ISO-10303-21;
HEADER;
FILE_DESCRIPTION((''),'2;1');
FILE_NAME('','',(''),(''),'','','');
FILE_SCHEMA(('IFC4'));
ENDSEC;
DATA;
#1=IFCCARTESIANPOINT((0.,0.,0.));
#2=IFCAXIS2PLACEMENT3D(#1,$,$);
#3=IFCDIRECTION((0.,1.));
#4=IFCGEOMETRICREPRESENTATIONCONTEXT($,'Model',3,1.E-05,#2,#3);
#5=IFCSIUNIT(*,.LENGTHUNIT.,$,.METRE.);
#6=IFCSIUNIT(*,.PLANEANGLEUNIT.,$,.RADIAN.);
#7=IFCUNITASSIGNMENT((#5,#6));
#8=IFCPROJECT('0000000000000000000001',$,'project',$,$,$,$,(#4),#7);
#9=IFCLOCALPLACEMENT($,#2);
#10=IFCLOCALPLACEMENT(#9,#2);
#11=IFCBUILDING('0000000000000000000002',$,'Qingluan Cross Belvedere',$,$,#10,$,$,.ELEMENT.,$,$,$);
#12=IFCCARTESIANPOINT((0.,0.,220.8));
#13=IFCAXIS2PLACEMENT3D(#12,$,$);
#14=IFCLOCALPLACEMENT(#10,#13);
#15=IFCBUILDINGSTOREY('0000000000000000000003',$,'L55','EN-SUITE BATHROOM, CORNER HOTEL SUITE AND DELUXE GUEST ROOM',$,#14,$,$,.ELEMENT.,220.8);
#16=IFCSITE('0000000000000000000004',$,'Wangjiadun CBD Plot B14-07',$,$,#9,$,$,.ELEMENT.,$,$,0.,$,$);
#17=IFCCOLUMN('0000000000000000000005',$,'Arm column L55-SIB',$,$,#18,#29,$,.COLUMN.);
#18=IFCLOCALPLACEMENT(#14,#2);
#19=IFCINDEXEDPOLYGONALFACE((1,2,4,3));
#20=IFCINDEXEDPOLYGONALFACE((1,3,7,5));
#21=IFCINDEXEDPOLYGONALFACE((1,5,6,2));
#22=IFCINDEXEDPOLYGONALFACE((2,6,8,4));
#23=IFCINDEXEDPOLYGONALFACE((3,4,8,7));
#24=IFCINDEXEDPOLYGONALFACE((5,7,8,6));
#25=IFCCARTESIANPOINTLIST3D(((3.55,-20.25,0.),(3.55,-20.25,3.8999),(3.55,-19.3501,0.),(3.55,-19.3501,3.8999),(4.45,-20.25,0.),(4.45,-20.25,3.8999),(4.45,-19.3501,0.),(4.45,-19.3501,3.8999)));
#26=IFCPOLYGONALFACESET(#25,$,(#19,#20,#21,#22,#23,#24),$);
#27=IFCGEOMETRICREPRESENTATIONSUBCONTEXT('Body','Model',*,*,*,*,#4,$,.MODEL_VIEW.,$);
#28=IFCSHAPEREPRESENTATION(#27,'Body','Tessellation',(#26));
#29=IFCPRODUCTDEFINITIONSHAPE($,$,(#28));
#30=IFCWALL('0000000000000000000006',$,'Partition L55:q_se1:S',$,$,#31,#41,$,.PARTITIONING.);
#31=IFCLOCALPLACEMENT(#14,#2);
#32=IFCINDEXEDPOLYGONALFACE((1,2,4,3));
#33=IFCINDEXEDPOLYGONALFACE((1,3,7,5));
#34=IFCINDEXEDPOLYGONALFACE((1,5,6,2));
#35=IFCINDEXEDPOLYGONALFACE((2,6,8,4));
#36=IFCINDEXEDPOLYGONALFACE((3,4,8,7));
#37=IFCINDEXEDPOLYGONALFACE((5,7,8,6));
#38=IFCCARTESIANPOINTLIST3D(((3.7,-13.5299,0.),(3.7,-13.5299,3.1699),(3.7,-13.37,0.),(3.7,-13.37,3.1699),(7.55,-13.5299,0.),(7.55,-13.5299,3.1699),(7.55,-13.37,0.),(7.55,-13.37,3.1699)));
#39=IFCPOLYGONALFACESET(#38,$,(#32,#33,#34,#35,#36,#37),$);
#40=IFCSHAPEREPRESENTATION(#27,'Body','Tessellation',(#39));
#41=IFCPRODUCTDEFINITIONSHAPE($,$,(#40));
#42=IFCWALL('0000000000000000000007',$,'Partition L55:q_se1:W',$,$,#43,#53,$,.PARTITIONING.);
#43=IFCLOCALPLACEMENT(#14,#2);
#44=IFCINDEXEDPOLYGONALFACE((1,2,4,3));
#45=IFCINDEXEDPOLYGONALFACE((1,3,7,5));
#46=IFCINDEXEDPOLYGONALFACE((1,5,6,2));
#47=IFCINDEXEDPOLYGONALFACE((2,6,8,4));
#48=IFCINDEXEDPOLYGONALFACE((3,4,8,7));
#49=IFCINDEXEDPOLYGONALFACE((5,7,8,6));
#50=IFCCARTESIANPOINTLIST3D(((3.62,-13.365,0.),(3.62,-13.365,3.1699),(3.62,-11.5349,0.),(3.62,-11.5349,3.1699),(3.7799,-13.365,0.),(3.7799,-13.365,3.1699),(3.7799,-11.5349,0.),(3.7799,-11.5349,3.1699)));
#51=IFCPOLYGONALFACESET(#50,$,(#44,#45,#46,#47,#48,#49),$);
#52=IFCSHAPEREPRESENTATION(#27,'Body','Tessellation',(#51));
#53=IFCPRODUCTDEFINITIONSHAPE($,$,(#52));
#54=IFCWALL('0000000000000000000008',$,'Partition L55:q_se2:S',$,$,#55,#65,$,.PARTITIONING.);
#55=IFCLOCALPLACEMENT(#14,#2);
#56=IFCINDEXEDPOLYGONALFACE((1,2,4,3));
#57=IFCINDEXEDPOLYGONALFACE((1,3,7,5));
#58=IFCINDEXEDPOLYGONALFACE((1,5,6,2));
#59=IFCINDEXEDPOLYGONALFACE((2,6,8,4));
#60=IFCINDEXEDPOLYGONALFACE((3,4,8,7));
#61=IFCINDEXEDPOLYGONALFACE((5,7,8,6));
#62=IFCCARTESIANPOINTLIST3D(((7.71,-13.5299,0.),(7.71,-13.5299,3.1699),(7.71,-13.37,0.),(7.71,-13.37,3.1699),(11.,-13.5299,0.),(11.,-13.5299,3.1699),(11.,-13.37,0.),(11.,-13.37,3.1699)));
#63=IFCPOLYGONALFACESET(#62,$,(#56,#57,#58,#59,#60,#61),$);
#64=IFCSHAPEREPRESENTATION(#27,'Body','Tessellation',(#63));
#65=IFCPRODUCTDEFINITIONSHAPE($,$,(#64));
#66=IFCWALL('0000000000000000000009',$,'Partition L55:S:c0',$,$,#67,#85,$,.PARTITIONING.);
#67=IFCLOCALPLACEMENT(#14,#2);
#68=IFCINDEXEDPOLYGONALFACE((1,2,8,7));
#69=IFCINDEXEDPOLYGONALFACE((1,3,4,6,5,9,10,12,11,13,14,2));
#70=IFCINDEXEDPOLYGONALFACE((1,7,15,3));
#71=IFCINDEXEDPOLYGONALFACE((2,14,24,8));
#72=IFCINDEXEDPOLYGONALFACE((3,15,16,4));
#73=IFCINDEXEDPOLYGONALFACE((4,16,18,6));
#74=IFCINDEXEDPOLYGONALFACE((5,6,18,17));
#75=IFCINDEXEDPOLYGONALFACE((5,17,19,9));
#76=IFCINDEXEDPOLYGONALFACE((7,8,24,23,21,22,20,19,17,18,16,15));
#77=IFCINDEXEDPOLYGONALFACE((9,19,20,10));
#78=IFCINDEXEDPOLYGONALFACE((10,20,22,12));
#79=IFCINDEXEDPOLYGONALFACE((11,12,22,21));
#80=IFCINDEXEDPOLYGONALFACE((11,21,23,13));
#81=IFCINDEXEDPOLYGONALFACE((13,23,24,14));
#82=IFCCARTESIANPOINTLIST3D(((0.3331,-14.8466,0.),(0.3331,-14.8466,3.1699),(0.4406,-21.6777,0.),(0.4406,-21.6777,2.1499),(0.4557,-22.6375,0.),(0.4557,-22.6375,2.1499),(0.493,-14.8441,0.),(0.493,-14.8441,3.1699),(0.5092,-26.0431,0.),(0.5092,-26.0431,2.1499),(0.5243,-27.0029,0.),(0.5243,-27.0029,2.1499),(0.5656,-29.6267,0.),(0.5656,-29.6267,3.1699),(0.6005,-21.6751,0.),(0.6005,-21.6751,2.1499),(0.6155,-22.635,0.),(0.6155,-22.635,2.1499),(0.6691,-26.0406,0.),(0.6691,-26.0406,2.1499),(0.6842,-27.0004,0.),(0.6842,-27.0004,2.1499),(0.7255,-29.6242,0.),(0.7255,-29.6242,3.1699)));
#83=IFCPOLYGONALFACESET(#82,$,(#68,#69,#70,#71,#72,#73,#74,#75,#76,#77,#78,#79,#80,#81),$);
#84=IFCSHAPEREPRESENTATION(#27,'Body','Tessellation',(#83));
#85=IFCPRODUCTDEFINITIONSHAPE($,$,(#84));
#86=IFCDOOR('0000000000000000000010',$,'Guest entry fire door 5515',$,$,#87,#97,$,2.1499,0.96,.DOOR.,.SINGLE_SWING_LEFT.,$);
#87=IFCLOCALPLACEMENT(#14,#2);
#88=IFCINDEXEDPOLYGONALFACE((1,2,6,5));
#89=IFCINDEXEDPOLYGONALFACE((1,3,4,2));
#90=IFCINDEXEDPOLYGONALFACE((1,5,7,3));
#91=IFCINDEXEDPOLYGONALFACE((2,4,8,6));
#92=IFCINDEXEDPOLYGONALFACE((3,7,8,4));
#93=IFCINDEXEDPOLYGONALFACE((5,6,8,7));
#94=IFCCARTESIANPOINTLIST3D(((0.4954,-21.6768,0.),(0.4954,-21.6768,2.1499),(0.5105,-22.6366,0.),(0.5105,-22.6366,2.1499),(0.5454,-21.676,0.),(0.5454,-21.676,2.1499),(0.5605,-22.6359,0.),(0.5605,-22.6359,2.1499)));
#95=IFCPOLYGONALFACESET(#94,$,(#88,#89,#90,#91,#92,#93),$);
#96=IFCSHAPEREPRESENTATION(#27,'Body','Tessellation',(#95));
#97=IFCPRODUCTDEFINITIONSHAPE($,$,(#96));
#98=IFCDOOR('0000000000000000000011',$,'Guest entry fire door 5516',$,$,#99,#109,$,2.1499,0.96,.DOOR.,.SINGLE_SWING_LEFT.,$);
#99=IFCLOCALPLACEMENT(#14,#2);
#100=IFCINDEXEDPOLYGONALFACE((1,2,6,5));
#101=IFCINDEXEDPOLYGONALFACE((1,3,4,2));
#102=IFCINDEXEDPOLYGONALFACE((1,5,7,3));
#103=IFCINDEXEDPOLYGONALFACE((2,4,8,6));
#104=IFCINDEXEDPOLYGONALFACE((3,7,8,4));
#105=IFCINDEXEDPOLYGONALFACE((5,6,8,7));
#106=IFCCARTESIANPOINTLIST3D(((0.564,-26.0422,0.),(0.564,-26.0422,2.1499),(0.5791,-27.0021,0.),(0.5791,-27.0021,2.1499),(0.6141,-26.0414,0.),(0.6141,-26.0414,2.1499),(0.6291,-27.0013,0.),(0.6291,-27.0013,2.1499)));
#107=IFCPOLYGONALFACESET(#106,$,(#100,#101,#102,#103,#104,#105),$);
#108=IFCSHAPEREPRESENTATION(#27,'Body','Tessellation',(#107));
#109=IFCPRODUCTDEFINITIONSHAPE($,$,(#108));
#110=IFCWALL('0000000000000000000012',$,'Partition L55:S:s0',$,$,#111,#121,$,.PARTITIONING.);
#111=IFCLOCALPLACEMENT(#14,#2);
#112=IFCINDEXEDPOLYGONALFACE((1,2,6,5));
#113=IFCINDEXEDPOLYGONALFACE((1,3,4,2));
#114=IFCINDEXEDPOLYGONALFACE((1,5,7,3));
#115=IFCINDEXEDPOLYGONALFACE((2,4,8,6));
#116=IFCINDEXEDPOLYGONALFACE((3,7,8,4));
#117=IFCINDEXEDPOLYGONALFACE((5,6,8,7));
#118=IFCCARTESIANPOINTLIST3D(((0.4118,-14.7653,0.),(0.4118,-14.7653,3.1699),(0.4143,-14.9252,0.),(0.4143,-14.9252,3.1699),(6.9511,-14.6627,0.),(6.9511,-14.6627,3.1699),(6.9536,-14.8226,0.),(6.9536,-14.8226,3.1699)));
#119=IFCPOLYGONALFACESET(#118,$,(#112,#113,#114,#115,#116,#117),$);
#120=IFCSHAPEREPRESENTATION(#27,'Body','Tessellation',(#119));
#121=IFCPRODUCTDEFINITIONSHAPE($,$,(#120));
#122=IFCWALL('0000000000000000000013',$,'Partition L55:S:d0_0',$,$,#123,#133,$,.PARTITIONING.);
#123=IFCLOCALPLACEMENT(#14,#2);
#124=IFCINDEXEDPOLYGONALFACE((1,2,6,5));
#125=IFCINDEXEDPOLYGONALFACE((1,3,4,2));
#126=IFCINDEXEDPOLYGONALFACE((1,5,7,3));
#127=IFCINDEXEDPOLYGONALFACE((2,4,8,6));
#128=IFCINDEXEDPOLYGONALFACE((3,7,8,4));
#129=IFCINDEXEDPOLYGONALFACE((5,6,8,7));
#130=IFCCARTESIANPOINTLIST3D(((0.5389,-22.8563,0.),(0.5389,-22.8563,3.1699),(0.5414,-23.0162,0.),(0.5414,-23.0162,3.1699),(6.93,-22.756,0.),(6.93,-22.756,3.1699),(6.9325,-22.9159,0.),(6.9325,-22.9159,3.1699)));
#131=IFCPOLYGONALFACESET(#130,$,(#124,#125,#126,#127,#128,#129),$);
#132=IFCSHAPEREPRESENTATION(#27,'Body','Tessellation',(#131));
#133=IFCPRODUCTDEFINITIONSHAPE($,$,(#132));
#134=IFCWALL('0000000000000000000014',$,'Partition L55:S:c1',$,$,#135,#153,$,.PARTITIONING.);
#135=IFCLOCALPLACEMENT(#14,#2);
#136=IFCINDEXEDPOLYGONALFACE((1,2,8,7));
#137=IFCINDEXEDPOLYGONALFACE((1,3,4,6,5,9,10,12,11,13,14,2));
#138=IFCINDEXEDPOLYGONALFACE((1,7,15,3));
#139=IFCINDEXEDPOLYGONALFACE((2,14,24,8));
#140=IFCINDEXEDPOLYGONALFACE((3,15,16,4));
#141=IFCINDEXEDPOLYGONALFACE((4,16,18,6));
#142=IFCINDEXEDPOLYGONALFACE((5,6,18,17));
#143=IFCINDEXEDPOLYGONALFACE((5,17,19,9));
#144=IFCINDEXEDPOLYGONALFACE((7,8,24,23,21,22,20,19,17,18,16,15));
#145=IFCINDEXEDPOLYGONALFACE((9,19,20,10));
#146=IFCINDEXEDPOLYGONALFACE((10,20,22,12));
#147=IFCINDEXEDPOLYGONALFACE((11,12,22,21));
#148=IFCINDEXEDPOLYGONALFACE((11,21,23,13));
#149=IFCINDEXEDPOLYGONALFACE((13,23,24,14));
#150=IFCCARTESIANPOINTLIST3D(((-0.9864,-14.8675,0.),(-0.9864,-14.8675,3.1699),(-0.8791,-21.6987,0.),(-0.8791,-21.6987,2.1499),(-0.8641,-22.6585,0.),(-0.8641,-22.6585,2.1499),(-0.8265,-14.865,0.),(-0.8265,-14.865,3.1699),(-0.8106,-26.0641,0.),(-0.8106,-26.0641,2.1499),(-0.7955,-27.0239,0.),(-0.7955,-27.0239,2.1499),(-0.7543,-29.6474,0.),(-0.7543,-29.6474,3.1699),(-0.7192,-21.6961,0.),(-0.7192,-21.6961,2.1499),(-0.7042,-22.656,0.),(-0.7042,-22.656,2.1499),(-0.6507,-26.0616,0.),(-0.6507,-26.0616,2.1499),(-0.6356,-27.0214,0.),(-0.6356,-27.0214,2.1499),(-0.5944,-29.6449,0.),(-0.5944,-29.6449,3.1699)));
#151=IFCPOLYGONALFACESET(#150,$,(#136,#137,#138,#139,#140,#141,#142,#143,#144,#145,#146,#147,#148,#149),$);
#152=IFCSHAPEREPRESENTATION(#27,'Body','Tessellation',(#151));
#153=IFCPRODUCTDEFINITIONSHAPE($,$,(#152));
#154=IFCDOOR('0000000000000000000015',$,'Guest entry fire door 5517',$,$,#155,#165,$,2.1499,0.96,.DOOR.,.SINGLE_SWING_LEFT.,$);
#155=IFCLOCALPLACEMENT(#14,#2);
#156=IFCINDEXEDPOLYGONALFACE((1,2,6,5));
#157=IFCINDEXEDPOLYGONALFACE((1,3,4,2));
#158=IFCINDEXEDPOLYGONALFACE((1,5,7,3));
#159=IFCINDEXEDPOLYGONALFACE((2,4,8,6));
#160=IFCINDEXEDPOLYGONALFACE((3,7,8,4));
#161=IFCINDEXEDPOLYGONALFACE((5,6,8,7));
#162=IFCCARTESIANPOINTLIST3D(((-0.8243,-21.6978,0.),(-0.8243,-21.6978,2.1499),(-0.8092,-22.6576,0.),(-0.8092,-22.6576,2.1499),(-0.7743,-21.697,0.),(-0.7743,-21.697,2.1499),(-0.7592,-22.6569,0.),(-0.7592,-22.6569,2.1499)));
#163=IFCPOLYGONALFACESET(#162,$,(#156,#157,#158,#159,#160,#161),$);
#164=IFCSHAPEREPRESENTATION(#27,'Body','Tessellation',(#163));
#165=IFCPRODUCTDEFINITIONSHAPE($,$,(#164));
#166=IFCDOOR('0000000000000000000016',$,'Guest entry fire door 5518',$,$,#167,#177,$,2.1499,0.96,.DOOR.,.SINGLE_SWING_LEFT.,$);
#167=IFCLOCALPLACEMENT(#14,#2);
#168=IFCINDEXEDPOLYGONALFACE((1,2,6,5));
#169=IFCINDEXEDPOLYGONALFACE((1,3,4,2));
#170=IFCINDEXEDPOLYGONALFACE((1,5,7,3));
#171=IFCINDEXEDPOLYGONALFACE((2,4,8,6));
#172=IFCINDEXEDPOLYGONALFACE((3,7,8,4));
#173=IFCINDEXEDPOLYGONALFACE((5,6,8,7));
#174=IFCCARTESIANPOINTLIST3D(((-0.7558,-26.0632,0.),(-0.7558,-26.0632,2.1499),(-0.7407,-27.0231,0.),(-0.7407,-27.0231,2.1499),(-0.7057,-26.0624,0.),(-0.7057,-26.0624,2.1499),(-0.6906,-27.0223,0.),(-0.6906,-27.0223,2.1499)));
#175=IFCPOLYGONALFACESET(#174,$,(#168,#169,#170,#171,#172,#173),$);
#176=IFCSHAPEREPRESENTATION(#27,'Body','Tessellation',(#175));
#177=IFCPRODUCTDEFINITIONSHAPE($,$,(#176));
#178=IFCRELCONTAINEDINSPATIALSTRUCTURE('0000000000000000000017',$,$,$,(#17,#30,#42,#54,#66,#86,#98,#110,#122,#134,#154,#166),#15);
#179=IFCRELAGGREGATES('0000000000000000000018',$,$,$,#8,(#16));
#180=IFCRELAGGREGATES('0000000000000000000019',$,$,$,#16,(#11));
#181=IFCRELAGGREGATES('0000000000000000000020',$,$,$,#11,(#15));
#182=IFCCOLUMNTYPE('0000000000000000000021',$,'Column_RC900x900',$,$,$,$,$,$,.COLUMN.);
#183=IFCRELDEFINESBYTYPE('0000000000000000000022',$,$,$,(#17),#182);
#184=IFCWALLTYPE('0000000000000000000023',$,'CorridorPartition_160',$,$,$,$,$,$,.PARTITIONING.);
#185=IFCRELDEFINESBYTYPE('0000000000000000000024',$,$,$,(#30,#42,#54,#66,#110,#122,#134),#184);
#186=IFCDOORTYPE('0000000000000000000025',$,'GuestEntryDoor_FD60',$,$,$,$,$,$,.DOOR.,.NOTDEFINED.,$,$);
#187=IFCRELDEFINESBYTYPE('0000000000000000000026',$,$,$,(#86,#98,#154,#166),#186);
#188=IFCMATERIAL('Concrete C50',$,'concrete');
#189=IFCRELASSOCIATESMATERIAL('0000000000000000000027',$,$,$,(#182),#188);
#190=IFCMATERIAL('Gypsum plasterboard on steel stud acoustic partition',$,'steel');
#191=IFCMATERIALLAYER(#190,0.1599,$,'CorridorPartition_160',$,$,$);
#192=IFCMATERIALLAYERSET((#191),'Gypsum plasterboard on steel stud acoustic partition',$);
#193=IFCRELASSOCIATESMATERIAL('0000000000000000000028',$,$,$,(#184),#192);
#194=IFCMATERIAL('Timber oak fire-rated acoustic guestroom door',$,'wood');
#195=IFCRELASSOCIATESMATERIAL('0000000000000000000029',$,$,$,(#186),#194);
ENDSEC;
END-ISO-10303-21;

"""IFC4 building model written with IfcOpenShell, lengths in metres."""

from ifc_helpers import new_model, si_unit, direction, frame, frame_2d, origin, origin_2d, place, context, subcontext, project, spatial, rectangle, extrude, material, layer, layer_set, material_profile, profile_set, type_object, element, fill, save


model = new_model("IFC4")

# Units and contexts
model_context = context("Model", 3, precision=1e-05, world=origin(), true_north=direction((0.0, 1.0)))
body_context = subcontext(model_context, "Body", "Model", "MODEL_VIEW")
ifc_project = project(units=[si_unit("LENGTHUNIT", "METRE"), si_unit("PLANEANGLEUNIT", "RADIAN")], contexts=[model_context])

# Site, building, storey
site_placement = place(None, origin())
site = spatial("IfcSite", under=ifc_project, at=site_placement, Name="Wangjiadun CBD Plot B14-07", CompositionType="ELEMENT", RefElevation=0.0)
building_placement = place(site_placement, origin())
building = spatial("IfcBuilding", under=site, at=building_placement, Name="Qingluan Cross Belvedere", CompositionType="ELEMENT")
storey_placement = place(building_placement, frame((0.0, 0.0, 220.8)))
storey = spatial("IfcBuildingStorey", under=building, at=storey_placement, Name="L55", Description="EN-SUITE BATHROOM, CORNER HOTEL SUITE AND DELUXE GUEST ROOM", CompositionType="ELEMENT", Elevation=220.8)

# Column
ifc_material_1 = material(Name="Concrete C50", Category="concrete")
ifc_material_profile = material_profile(ifc_material_1, rectangle(XDim=0.8999, YDim=0.8999, at=origin_2d()), Name="RC900x900")
ifc_profile_set = profile_set([ifc_material_profile], Name="Concrete C50")
column_type = type_object("IfcColumnType", Name="Column_RC900x900", PredefinedType="COLUMN", material=ifc_profile_set)
column_placement = place(storey_placement, frame((4.0, -19.8, 0.0), z_axis=(0.0, 0.0, 1.0), x_axis=(1.0, 0.0, 0.0)))
element("IfcColumn", 1, at=column_placement, inside=storey, type_object=column_type, Name="Arm column L55-SIB", PredefinedType="COLUMN", context=body_context, shape_type="SweptSolid", body=[
    extrude(rectangle(XDim=0.8999, YDim=0.8999, at=origin_2d()), origin(), (0.0, 0.0, 1.0), 3.8999),
])

# Walls
ifc_material_2 = material(Name="Gypsum plasterboard on steel stud acoustic partition", Category="steel")
ifc_layer_1 = layer(ifc_material_2, 0.1599, Name="CorridorPartition_160")
ifc_layer_set_1 = layer_set([ifc_layer_1], Name="Gypsum plasterboard on steel stud acoustic partition")
wall_type_1 = type_object("IfcWallType", Name="CorridorPartition_160", PredefinedType="PARTITIONING", material=ifc_layer_set_1)
wall_1_placement = place(storey_placement, frame((3.7, -13.45, 0.0), z_axis=(0.0, 0.0, 1.0), x_axis=(1.0, 0.0, 0.0)))
element("IfcWall", 2, at=wall_1_placement, inside=storey, type_object=wall_type_1, Name="Partition L55:q_se1:S", PredefinedType="PARTITIONING", context=body_context, shape_type="SweptSolid", body=[
    extrude(rectangle(XDim=3.8501, YDim=0.1599, at=frame_2d((1.925, 0.0))), origin(), (0.0, 0.0, 1.0), 3.1699),
])
wall_2_placement = place(storey_placement, frame((3.7, -13.365, 0.0), z_axis=(0.0, 0.0, 1.0), x_axis=(0.0, 1.0, 0.0)))
element("IfcWall", 3, at=wall_2_placement, inside=storey, type_object=wall_type_1, Name="Partition L55:q_se1:W", PredefinedType="PARTITIONING", context=body_context, shape_type="SweptSolid", body=[
    extrude(rectangle(XDim=1.8301, YDim=0.1599, at=frame_2d((0.915, 0.0))), origin(), (0.0, 0.0, 1.0), 3.1699),
])
wall_3_placement = place(storey_placement, frame((7.71, -13.45, 0.0), z_axis=(0.0, 0.0, 1.0), x_axis=(1.0, 0.0, 0.0)))
element("IfcWall", 4, at=wall_3_placement, inside=storey, type_object=wall_type_1, Name="Partition L55:q_se2:S", PredefinedType="PARTITIONING", context=body_context, shape_type="SweptSolid", body=[
    extrude(rectangle(XDim=3.29, YDim=0.1599, at=frame_2d((1.645, 0.0))), origin(), (0.0, 0.0, 1.0), 3.1699),
])

# Wall, openings, doors
wall_4_placement = place(storey_placement, frame((0.4131, -14.8452, 0.0), z_axis=(0.0, 0.0, 1.0), x_axis=(0.015723, -0.999876, 0.0)))
wall_4 = element("IfcWall", 5, at=wall_4_placement, inside=storey, type_object=wall_type_1, Name="Partition L55:S:c0", PredefinedType="PARTITIONING", context=body_context, shape_type="SweptSolid", body=[
    extrude(rectangle(XDim=14.782, YDim=0.1599, at=frame_2d((7.3911, 0.0))), origin(), (0.0, 0.0, 1.0), 3.1699),
])
opening_1_placement = place(wall_4_placement, frame((6.832, 0.0, 0.0)))
opening_1 = element("IfcOpeningElement", 6, at=opening_1_placement, cuts=wall_4, PredefinedType="OPENING", context=body_context, shape_type="SweptSolid", body=[
    extrude(rectangle(XDim=0.96, YDim=2.1499, at=frame_2d((0.48, 1.075))), frame((0.0, 0.0898, 0.0), z_axis=(0.0, -1.0, 0.0), x_axis=(1.0, 0.0, 0.0)), (0.0, 0.0, 1.0), 0.1799),
])
opening_2_placement = place(wall_4_placement, frame((11.198, 0.0, 0.0)))
opening_2 = element("IfcOpeningElement", 7, at=opening_2_placement, cuts=wall_4, PredefinedType="OPENING", context=body_context, shape_type="SweptSolid", body=[
    extrude(rectangle(XDim=0.96, YDim=2.1499, at=frame_2d((0.48, 1.075))), frame((0.0, 0.0898, 0.0), z_axis=(0.0, -1.0, 0.0), x_axis=(1.0, 0.0, 0.0)), (0.0, 0.0, 1.0), 0.1799),
])
ifc_material_3 = material(Name="Timber oak fire-rated acoustic guestroom door", Category="wood")
door_type_1 = type_object("IfcDoorType", Name="GuestEntryDoor_FD60", OperationType="NOTDEFINED", PredefinedType="DOOR", material=ifc_material_3)
door_1_placement = place(opening_1_placement, origin())
door_1 = element("IfcDoor", 8, at=door_1_placement, inside=storey, type_object=door_type_1, Name="Guest entry fire door 5515", OperationType="SINGLE_SWING_LEFT", OverallHeight=2.1499, OverallWidth=0.96, PredefinedType="DOOR", context=body_context, shape_type="SweptSolid", body=[
    extrude(rectangle(XDim=0.96, YDim=2.1499, at=frame_2d((0.48, 1.075))), frame((0.0, 0.0249, 0.0), z_axis=(0.0, -1.0, 0.0), x_axis=(1.0, 0.0, 0.0)), (0.0, 0.0, 1.0), 0.05),
])
fill(opening_1, door_1)
door_2_placement = place(opening_2_placement, origin())
door_2 = element("IfcDoor", 9, at=door_2_placement, inside=storey, type_object=door_type_1, Name="Guest entry fire door 5516", OperationType="SINGLE_SWING_LEFT", OverallHeight=2.1499, OverallWidth=0.96, PredefinedType="DOOR", context=body_context, shape_type="SweptSolid", body=[
    extrude(rectangle(XDim=0.96, YDim=2.1499, at=frame_2d((0.48, 1.075))), frame((0.0, 0.0249, 0.0), z_axis=(0.0, -1.0, 0.0), x_axis=(1.0, 0.0, 0.0)), (0.0, 0.0, 1.0), 0.05),
])
fill(opening_2, door_2)

# Walls
wall_5_placement = place(storey_placement, frame((0.4131, -14.8452, 0.0), z_axis=(0.0, 0.0, 1.0), x_axis=(0.999877, 0.015678, 0.0)))
element("IfcWall", 10, at=wall_5_placement, inside=storey, type_object=wall_type_1, Name="Partition L55:S:s0", PredefinedType="PARTITIONING", context=body_context, shape_type="SweptSolid", body=[
    extrude(rectangle(XDim=6.54, YDim=0.1599, at=frame_2d((3.27, 0.0))), origin(), (0.0, 0.0, 1.0), 3.1699),
])
wall_6_placement = place(storey_placement, frame((0.5403, -22.9363, 0.0), z_axis=(0.0, 0.0, 1.0), x_axis=(0.999877, 0.015698, 0.0)))
element("IfcWall", 11, at=wall_6_placement, inside=storey, type_object=wall_type_1, Name="Partition L55:S:d0_0", PredefinedType="PARTITIONING", context=body_context, shape_type="SweptSolid", body=[
    extrude(rectangle(XDim=6.3918, YDim=0.1599, at=frame_2d((3.1958, 0.0))), origin(), (0.0, 0.0, 1.0), 3.1699),
])

# Wall, openings, doors
wall_7_placement = place(storey_placement, frame((-0.9065, -14.8662, 0.0), z_axis=(0.0, 0.0, 1.0), x_axis=(0.015707, -0.999877, 0.0)))
wall_7 = element("IfcWall", 12, at=wall_7_placement, inside=storey, type_object=wall_type_1, Name="Partition L55:S:c1", PredefinedType="PARTITIONING", context=body_context, shape_type="SweptSolid", body=[
    extrude(rectangle(XDim=14.7817, YDim=0.1599, at=frame_2d((7.3909, 0.0))), origin(), (0.0, 0.0, 1.0), 3.1699),
])
opening_3_placement = place(wall_7_placement, frame((6.832, 0.0, 0.0)))
opening_3 = element("IfcOpeningElement", 13, at=opening_3_placement, cuts=wall_7, PredefinedType="OPENING", context=body_context, shape_type="SweptSolid", body=[
    extrude(rectangle(XDim=0.96, YDim=2.1499, at=frame_2d((0.48, 1.075))), frame((0.0, 0.0898, 0.0), z_axis=(0.0, -1.0, 0.0), x_axis=(1.0, 0.0, 0.0)), (0.0, 0.0, 1.0), 0.1799),
])
opening_4_placement = place(wall_7_placement, frame((11.198, 0.0, 0.0)))
opening_4 = element("IfcOpeningElement", 14, at=opening_4_placement, cuts=wall_7, PredefinedType="OPENING", context=body_context, shape_type="SweptSolid", body=[
    extrude(rectangle(XDim=0.96, YDim=2.1499, at=frame_2d((0.48, 1.075))), frame((0.0, 0.0898, 0.0), z_axis=(0.0, -1.0, 0.0), x_axis=(1.0, 0.0, 0.0)), (0.0, 0.0, 1.0), 0.1799),
])
door_3_placement = place(opening_3_placement, origin())
door_3 = element("IfcDoor", 15, at=door_3_placement, inside=storey, type_object=door_type_1, Name="Guest entry fire door 5517", OperationType="SINGLE_SWING_LEFT", OverallHeight=2.1499, OverallWidth=0.96, PredefinedType="DOOR", context=body_context, shape_type="SweptSolid", body=[
    extrude(rectangle(XDim=0.96, YDim=2.1499, at=frame_2d((0.48, 1.075))), frame((0.0, 0.0249, 0.0), z_axis=(0.0, -1.0, 0.0), x_axis=(1.0, 0.0, 0.0)), (0.0, 0.0, 1.0), 0.05),
])
fill(opening_3, door_3)
door_4_placement = place(opening_4_placement, origin())
door_4 = element("IfcDoor", 16, at=door_4_placement, inside=storey, type_object=door_type_1, Name="Guest entry fire door 5518", OperationType="SINGLE_SWING_LEFT", OverallHeight=2.1499, OverallWidth=0.96, PredefinedType="DOOR", context=body_context, shape_type="SweptSolid", body=[
    extrude(rectangle(XDim=0.96, YDim=2.1499, at=frame_2d((0.48, 1.075))), frame((0.0, 0.0249, 0.0), z_axis=(0.0, -1.0, 0.0), x_axis=(1.0, 0.0, 0.0)), (0.0, 0.0, 1.0), 0.05),
])
fill(opening_4, door_4)

save(model, "model.ifc")
